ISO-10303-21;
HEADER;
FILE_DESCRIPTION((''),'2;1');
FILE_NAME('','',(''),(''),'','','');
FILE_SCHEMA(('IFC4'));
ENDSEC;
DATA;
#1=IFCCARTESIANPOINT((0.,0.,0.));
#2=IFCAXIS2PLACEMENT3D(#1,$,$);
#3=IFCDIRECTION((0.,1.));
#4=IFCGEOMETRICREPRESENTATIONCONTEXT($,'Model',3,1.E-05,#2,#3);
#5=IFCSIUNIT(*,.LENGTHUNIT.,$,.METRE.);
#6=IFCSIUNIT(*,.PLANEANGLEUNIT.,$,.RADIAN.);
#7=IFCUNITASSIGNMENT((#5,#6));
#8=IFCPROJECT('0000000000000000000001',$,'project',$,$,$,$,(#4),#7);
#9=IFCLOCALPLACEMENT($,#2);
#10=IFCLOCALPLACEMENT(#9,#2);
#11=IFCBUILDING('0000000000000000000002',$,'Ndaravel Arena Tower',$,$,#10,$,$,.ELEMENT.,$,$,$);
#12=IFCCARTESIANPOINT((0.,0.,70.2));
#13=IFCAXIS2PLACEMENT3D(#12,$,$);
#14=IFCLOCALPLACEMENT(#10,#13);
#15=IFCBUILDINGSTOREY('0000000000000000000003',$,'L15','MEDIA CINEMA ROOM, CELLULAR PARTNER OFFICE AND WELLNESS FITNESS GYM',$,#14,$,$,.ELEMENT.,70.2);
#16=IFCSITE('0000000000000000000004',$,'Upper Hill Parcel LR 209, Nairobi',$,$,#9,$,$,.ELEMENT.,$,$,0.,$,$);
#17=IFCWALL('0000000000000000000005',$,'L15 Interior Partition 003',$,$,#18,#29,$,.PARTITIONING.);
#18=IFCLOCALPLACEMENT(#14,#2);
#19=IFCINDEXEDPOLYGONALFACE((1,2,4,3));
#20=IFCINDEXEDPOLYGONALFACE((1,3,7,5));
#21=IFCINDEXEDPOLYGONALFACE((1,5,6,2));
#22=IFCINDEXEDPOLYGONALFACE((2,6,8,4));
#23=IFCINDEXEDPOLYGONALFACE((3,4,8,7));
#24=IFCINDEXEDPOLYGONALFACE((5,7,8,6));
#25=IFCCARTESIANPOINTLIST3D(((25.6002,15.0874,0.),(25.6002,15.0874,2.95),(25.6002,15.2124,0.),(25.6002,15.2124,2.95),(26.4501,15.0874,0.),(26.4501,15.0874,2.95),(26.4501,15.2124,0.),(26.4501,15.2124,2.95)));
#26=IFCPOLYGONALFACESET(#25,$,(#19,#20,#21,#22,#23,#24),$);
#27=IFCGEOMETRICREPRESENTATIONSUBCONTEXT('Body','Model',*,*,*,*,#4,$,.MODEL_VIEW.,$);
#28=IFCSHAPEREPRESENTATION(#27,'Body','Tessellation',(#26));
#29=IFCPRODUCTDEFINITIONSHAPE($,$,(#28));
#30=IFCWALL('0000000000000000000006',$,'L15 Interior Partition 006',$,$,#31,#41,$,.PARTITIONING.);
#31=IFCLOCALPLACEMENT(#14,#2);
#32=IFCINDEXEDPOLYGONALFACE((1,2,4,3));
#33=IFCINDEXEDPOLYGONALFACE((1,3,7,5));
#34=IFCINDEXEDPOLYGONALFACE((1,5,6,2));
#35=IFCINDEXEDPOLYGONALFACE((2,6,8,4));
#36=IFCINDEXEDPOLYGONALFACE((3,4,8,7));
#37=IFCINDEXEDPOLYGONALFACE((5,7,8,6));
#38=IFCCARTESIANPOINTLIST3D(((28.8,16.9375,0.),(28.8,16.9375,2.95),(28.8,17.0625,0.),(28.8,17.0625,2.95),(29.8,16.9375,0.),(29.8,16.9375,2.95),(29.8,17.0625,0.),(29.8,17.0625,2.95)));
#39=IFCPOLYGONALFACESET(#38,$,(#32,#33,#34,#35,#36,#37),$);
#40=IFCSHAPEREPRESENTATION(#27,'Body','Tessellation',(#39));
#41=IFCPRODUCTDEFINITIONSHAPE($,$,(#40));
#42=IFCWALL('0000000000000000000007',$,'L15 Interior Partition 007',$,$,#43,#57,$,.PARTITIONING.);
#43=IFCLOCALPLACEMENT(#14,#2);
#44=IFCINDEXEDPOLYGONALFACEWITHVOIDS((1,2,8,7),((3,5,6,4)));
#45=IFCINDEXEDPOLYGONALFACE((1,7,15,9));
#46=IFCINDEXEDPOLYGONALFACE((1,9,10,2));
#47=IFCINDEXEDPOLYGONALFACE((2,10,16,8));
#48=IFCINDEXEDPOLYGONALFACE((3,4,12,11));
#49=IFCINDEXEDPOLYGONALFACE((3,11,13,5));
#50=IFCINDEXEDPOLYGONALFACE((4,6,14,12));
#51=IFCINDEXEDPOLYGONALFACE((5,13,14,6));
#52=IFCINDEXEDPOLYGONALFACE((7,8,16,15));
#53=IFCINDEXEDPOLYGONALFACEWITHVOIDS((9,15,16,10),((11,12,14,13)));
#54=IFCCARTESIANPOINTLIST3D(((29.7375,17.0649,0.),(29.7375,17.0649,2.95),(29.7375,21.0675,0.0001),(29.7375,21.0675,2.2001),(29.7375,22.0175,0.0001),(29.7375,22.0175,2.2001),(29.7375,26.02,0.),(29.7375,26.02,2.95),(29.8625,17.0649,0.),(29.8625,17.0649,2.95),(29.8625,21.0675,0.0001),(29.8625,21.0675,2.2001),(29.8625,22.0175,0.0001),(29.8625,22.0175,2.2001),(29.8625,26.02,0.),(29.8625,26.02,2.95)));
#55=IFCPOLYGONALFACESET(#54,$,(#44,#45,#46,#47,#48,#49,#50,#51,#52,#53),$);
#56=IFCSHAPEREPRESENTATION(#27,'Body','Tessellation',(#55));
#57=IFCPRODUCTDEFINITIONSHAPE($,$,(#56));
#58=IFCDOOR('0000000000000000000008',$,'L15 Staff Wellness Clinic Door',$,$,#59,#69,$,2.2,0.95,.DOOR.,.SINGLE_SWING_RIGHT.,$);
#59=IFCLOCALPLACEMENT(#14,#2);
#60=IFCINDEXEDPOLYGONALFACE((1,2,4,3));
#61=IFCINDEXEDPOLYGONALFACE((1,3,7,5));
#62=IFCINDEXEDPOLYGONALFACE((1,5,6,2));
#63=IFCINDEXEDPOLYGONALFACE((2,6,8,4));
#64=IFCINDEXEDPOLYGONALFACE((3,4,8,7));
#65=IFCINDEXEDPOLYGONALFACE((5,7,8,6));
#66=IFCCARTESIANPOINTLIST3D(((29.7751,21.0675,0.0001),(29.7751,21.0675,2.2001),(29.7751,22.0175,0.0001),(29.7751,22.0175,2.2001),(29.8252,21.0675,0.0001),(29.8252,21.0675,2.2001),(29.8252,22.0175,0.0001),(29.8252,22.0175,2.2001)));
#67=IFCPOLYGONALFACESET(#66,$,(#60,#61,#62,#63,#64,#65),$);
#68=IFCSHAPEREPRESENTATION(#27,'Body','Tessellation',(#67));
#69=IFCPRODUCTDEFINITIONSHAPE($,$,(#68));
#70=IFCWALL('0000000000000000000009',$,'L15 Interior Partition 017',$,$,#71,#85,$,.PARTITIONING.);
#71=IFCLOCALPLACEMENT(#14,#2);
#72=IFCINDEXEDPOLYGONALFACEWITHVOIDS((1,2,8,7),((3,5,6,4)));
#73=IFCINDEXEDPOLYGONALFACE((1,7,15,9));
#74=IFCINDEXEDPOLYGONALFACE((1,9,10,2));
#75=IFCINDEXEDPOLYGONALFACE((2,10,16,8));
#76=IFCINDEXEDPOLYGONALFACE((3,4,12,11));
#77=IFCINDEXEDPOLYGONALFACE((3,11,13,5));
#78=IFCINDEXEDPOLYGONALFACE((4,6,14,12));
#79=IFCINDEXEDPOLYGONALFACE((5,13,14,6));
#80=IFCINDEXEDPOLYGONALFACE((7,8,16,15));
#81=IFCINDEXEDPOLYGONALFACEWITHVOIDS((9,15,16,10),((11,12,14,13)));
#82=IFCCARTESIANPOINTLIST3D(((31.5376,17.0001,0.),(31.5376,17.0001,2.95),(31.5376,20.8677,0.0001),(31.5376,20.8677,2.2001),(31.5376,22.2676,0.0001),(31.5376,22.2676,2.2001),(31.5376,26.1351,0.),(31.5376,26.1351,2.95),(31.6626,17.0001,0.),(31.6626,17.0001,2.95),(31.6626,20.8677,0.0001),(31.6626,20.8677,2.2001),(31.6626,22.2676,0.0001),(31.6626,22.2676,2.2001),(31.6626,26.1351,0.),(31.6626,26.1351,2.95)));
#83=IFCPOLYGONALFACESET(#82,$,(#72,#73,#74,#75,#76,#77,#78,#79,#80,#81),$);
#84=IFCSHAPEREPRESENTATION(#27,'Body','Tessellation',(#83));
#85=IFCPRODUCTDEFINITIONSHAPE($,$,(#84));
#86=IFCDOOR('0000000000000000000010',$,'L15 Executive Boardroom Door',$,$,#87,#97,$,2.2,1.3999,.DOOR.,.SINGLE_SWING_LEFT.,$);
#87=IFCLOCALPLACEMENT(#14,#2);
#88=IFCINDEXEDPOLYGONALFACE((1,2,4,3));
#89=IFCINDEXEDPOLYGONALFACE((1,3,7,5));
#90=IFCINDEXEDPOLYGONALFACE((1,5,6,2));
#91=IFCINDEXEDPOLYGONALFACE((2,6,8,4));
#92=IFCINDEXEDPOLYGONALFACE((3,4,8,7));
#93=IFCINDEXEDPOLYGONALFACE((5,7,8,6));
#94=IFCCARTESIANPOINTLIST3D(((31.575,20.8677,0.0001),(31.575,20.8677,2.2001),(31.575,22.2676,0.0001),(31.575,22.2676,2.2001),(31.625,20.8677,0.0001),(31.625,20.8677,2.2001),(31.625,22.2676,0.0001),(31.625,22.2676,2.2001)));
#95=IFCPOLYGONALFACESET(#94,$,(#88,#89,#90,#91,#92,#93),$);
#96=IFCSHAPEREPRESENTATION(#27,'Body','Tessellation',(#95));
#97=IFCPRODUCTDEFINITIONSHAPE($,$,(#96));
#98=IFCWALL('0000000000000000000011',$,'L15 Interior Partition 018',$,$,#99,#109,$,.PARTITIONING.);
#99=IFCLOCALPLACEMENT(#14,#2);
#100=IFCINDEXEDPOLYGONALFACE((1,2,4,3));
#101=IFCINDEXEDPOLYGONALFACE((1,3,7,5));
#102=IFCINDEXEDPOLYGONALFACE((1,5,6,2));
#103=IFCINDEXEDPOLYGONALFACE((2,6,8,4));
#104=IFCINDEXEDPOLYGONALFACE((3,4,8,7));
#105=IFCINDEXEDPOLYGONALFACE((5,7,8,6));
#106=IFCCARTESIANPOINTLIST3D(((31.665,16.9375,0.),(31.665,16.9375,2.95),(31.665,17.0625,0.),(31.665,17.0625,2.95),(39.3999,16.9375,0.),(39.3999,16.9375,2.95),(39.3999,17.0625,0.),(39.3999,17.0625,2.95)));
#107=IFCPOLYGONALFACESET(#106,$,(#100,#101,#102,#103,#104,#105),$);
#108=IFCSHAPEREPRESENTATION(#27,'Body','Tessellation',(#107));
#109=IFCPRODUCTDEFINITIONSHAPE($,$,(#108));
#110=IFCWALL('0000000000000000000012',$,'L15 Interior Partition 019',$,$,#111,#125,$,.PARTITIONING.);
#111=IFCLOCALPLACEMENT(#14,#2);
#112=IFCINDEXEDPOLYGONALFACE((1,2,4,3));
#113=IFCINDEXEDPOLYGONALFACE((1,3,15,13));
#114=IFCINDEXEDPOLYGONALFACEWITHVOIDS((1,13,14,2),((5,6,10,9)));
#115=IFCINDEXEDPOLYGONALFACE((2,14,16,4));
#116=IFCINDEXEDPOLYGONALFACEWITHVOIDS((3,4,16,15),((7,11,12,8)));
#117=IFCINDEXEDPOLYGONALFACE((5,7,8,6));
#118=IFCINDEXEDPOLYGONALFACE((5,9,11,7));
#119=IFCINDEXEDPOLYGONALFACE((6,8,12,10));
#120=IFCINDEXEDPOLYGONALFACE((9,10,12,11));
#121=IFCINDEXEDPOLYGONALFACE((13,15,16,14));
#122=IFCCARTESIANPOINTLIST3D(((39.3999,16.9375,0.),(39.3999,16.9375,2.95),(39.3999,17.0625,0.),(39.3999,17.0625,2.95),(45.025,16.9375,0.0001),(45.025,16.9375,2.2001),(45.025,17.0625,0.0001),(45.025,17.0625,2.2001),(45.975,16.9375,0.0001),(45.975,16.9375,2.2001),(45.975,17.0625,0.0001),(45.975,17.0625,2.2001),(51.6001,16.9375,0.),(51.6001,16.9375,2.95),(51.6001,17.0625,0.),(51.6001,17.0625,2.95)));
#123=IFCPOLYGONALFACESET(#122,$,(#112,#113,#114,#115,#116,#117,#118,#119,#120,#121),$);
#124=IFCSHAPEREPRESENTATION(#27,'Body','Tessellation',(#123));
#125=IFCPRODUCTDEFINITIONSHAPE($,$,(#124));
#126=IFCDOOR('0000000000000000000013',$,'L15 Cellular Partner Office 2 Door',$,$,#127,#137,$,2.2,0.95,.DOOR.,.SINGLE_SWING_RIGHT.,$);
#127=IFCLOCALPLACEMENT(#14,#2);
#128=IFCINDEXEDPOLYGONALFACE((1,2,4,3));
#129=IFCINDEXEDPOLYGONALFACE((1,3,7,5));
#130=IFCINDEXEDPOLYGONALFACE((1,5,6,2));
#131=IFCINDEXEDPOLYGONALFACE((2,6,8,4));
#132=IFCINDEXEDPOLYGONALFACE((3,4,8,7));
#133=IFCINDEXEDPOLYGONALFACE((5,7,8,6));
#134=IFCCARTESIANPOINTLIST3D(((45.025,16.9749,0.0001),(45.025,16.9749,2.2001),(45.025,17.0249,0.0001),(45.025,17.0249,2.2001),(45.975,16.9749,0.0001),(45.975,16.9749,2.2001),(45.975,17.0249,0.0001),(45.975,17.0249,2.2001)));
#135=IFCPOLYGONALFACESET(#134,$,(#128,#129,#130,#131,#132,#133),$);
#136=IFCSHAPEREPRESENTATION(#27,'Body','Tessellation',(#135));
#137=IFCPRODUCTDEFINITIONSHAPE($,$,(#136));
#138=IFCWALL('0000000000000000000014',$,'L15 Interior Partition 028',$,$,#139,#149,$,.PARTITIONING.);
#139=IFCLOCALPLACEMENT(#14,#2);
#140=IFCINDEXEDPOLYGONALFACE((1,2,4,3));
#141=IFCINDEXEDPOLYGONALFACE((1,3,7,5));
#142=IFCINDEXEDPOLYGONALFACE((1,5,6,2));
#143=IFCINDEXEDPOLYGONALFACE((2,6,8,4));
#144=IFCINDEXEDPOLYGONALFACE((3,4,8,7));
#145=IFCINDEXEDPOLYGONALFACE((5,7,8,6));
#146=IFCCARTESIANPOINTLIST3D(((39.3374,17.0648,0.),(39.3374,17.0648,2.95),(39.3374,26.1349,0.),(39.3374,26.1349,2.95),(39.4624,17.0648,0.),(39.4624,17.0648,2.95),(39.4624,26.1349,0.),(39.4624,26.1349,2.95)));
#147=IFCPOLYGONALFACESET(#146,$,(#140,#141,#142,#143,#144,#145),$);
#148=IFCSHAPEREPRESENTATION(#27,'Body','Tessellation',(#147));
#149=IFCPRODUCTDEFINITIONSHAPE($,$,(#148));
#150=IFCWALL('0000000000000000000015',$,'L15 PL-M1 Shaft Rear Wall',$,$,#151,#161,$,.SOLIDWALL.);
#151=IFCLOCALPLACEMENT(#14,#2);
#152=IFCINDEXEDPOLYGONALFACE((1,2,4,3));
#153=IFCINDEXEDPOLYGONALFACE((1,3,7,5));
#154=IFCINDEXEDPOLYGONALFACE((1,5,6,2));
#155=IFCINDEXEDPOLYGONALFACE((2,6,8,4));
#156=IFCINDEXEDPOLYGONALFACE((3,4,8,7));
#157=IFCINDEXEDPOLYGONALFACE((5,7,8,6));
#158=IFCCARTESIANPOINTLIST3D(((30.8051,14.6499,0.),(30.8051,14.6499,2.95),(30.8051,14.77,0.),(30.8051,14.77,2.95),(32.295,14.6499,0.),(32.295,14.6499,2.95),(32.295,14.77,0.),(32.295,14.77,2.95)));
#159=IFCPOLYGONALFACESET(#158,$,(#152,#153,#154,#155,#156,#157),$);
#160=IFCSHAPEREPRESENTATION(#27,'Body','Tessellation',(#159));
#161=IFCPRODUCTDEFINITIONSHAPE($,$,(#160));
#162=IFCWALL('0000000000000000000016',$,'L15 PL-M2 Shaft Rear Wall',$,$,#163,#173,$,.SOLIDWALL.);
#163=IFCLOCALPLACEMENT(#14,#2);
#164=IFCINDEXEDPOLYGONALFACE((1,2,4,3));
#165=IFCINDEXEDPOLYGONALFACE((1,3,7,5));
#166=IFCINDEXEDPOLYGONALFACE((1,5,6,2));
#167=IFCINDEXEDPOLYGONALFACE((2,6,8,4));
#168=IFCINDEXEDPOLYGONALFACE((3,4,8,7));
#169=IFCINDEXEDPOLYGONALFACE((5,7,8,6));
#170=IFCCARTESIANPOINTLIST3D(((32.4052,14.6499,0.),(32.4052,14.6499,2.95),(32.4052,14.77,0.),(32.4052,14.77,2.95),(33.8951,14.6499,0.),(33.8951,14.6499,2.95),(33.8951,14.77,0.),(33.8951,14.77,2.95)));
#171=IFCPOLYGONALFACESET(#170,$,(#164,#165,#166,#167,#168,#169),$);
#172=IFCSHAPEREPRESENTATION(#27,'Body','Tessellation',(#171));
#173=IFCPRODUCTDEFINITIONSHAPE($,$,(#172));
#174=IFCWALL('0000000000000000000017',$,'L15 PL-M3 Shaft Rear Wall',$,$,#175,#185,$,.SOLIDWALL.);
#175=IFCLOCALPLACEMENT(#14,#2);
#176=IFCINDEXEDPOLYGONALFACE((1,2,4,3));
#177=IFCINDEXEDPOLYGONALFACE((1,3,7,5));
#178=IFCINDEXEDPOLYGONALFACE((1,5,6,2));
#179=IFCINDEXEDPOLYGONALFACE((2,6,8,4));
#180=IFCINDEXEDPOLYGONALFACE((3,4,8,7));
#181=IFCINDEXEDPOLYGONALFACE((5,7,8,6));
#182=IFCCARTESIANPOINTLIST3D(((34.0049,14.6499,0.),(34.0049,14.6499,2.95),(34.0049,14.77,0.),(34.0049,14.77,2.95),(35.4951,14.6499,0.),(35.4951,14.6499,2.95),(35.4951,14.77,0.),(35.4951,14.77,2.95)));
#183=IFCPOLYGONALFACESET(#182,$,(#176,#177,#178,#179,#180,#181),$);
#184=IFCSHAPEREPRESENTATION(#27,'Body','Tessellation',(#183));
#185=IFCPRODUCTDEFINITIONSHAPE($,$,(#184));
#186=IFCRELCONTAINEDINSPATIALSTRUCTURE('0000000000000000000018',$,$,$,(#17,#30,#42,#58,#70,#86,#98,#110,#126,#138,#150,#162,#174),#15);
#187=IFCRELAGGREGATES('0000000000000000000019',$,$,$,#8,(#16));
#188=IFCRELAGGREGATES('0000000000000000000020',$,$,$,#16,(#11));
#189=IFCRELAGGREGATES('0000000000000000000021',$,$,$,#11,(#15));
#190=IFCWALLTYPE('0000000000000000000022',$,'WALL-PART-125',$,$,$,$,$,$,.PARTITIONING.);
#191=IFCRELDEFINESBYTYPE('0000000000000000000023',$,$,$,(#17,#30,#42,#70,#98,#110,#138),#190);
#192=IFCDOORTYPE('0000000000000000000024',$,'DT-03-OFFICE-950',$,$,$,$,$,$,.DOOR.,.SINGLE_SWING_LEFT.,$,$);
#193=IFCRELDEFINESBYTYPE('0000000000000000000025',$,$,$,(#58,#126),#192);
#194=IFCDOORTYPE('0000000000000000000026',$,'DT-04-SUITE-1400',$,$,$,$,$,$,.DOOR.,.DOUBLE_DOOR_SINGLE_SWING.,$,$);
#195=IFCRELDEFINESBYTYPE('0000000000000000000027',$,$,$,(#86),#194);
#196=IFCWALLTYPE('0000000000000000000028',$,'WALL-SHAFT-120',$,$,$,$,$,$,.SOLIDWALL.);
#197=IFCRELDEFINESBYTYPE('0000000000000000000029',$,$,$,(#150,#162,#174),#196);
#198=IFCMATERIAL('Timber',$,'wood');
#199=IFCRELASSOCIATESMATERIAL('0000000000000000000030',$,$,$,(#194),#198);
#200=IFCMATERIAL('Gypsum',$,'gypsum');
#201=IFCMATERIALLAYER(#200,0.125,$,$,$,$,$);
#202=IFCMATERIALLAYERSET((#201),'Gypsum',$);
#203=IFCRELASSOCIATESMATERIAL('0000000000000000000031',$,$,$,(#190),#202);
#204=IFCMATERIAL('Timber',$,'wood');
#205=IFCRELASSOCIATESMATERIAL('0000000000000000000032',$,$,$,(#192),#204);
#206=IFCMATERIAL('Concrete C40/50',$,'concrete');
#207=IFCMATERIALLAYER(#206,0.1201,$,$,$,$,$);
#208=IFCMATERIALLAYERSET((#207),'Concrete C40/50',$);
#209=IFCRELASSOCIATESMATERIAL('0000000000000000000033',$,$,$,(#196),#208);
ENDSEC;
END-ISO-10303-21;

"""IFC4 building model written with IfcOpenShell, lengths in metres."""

from ifc_helpers import new_model, si_unit, direction, frame, frame_2d, origin, place, context, subcontext, project, spatial, rectangle, extrude, material, layer, layer_set, type_object, element, fill, save


model = new_model("IFC4")

# Units and contexts
model_context = context("Model", 3, precision=1e-05, world=origin(), true_north=direction((0.0, 1.0)))
body_context = subcontext(model_context, "Body", "Model", "MODEL_VIEW")
ifc_project = project(units=[si_unit("LENGTHUNIT", "METRE"), si_unit("PLANEANGLEUNIT", "RADIAN")], contexts=[model_context])

# Site, building, storey
site_placement = place(None, origin())
site = spatial("IfcSite", under=ifc_project, at=site_placement, Name="Upper Hill Parcel LR 209, Nairobi", CompositionType="ELEMENT", RefElevation=0.0)
building_placement = place(site_placement, origin())
building = spatial("IfcBuilding", under=site, at=building_placement, Name="Ndaravel Arena Tower", CompositionType="ELEMENT")
storey_placement = place(building_placement, frame((0.0, 0.0, 70.2)))
storey = spatial("IfcBuildingStorey", under=building, at=storey_placement, Name="L15", Description="MEDIA CINEMA ROOM, CELLULAR PARTNER OFFICE AND WELLNESS FITNESS GYM", CompositionType="ELEMENT", Elevation=70.2)

# Shared definitions
ifc_material_1 = material(Name="Timber", Category="wood")
door_type_1 = type_object("IfcDoorType", Name="DT-04-SUITE-1400", OperationType="DOUBLE_DOOR_SINGLE_SWING", PredefinedType="DOOR", material=ifc_material_1)

# Walls
ifc_material_2 = material(Name="Gypsum", Category="gypsum")
ifc_layer_1 = layer(ifc_material_2, 0.125)
ifc_layer_set_1 = layer_set([ifc_layer_1], Name="Gypsum")
wall_type_1 = type_object("IfcWallType", Name="WALL-PART-125", PredefinedType="PARTITIONING", material=ifc_layer_set_1)
wall_1_placement = place(storey_placement, frame((26.45, 15.1499, 0.0), z_axis=(0.0, 0.0, 1.0), x_axis=(-1.0, 0.0, 0.0)))
element("IfcWall", 1, at=wall_1_placement, inside=storey, type_object=wall_type_1, Name="L15 Interior Partition 003", PredefinedType="PARTITIONING", context=body_context, shape_type="SweptSolid", body=[
    extrude(rectangle(XDim=0.8499, YDim=0.125, at=frame_2d((0.4248, 0.0))), origin(), (0.0, 0.0, 1.0), 2.95),
])
wall_2_placement = place(storey_placement, frame((28.8, 17.0, 0.0), z_axis=(0.0, 0.0, 1.0), x_axis=(1.0, 0.0, 0.0)))
element("IfcWall", 2, at=wall_2_placement, inside=storey, type_object=wall_type_1, Name="L15 Interior Partition 006", PredefinedType="PARTITIONING", context=body_context, shape_type="SweptSolid", body=[
    extrude(rectangle(XDim=1.0, YDim=0.125, at=frame_2d((0.5, 0.0))), origin(), (0.0, 0.0, 1.0), 2.95),
])

# Walls, openings, doors
wall_3_placement = place(storey_placement, frame((29.8, 17.0649, 0.0), z_axis=(0.0, 0.0, 1.0), x_axis=(0.0, 1.0, 0.0)))
wall_3 = element("IfcWall", 3, at=wall_3_placement, inside=storey, type_object=wall_type_1, Name="L15 Interior Partition 007", PredefinedType="PARTITIONING", context=body_context, shape_type="SweptSolid", body=[
    extrude(rectangle(XDim=8.9551, YDim=0.125, at=frame_2d((4.4775, 0.0))), origin(), (0.0, 0.0, 1.0), 2.95),
])
opening_1_placement = place(wall_3_placement, frame((4.0024, 0.0, 0.0)))
opening_1 = element("IfcOpeningElement", 4, at=opening_1_placement, cuts=wall_3, PredefinedType="OPENING", context=body_context, shape_type="SweptSolid", body=[
    extrude(rectangle(XDim=0.95, YDim=2.2, at=frame_2d((0.4751, 1.1001))), frame((0.0, 0.0625, 0.0), z_axis=(0.0, -1.0, 0.0), x_axis=(1.0, 0.0, 0.0)), (0.0, 0.0, 1.0), 0.125),
])
ifc_material_3 = material(Name="Timber", Category="wood")
door_type_2 = type_object("IfcDoorType", Name="DT-03-OFFICE-950", OperationType="SINGLE_SWING_LEFT", PredefinedType="DOOR", material=ifc_material_3)
door_1_placement = place(opening_1_placement, origin())
door_1 = element("IfcDoor", 5, at=door_1_placement, inside=storey, type_object=door_type_2, Name="L15 Staff Wellness Clinic Door", OperationType="SINGLE_SWING_RIGHT", OverallHeight=2.2, OverallWidth=0.95, PredefinedType="DOOR", context=body_context, shape_type="SweptSolid", body=[
    extrude(rectangle(XDim=0.95, YDim=2.2, at=frame_2d((0.4751, 1.1001))), frame((0.0, 0.0249, 0.0), z_axis=(0.0, -1.0, 0.0), x_axis=(1.0, 0.0, 0.0)), (0.0, 0.0, 1.0), 0.05),
])
fill(opening_1, door_1)
wall_4_placement = place(storey_placement, frame((31.6001, 26.135, 0.0), z_axis=(0.0, 0.0, 1.0), x_axis=(0.0, -1.0, 0.0)))
wall_4 = element("IfcWall", 6, at=wall_4_placement, inside=storey, type_object=wall_type_1, Name="L15 Interior Partition 017", PredefinedType="PARTITIONING", context=body_context, shape_type="SweptSolid", body=[
    extrude(rectangle(XDim=9.135, YDim=0.125, at=frame_2d((4.5674, 0.0))), origin(), (0.0, 0.0, 1.0), 2.95),
])
opening_2_placement = place(wall_4_placement, frame((3.8674, 0.0, 0.0)))
opening_2 = element("IfcOpeningElement", 7, at=opening_2_placement, cuts=wall_4, PredefinedType="OPENING", context=body_context, shape_type="SweptSolid", body=[
    extrude(rectangle(XDim=1.3999, YDim=2.2, at=frame_2d((0.7, 1.1001))), frame((0.0, 0.0625, 0.0), z_axis=(0.0, -1.0, 0.0), x_axis=(1.0, 0.0, 0.0)), (0.0, 0.0, 1.0), 0.125),
])
door_2_placement = place(opening_2_placement, origin())
door_2 = element("IfcDoor", 8, at=door_2_placement, inside=storey, type_object=door_type_1, Name="L15 Executive Boardroom Door", OperationType="SINGLE_SWING_LEFT", OverallHeight=2.2, OverallWidth=1.3999, PredefinedType="DOOR", context=body_context, shape_type="SweptSolid", body=[
    extrude(rectangle(XDim=1.3999, YDim=2.2, at=frame_2d((0.7, 1.1001))), frame((0.0, 0.0249, 0.0), z_axis=(0.0, -1.0, 0.0), x_axis=(1.0, 0.0, 0.0)), (0.0, 0.0, 1.0), 0.05),
])
fill(opening_2, door_2)

# Wall
wall_5_placement = place(storey_placement, frame((31.665, 17.0, 0.0), z_axis=(0.0, 0.0, 1.0), x_axis=(1.0, 0.0, 0.0)))
element("IfcWall", 9, at=wall_5_placement, inside=storey, type_object=wall_type_1, Name="L15 Interior Partition 018", PredefinedType="PARTITIONING", context=body_context, shape_type="SweptSolid", body=[
    extrude(rectangle(XDim=7.7349, YDim=0.125, at=frame_2d((3.8674, 0.0))), origin(), (0.0, 0.0, 1.0), 2.95),
])

# Wall, opening, door
wall_6_placement = place(storey_placement, frame((39.3999, 17.0, 0.0), z_axis=(0.0, 0.0, 1.0), x_axis=(1.0, 0.0, 0.0)))
wall_6 = element("IfcWall", 10, at=wall_6_placement, inside=storey, type_object=wall_type_1, Name="L15 Interior Partition 019", PredefinedType="PARTITIONING", context=body_context, shape_type="SweptSolid", body=[
    extrude(rectangle(XDim=12.2002, YDim=0.125, at=frame_2d((6.1001, 0.0))), origin(), (0.0, 0.0, 1.0), 2.95),
])
opening_3_placement = place(wall_6_placement, frame((5.625, 0.0, 0.0)))
opening_3 = element("IfcOpeningElement", 11, at=opening_3_placement, cuts=wall_6, PredefinedType="OPENING", context=body_context, shape_type="SweptSolid", body=[
    extrude(rectangle(XDim=0.95, YDim=2.2, at=frame_2d((0.4751, 1.1001))), frame((0.0, 0.0625, 0.0), z_axis=(0.0, -1.0, 0.0), x_axis=(1.0, 0.0, 0.0)), (0.0, 0.0, 1.0), 0.125),
])
door_3_placement = place(opening_3_placement, origin())
door_3 = element("IfcDoor", 12, at=door_3_placement, inside=storey, type_object=door_type_2, Name="L15 Cellular Partner Office 2 Door", OperationType="SINGLE_SWING_RIGHT", OverallHeight=2.2, OverallWidth=0.95, PredefinedType="DOOR", context=body_context, shape_type="SweptSolid", body=[
    extrude(rectangle(XDim=0.95, YDim=2.2, at=frame_2d((0.4751, 1.1001))), frame((0.0, 0.0249, 0.0), z_axis=(0.0, -1.0, 0.0), x_axis=(1.0, 0.0, 0.0)), (0.0, 0.0, 1.0), 0.05),
])
fill(opening_3, door_3)

# Walls
wall_7_placement = place(storey_placement, frame((39.3999, 26.135, 0.0), z_axis=(0.0, 0.0, 1.0), x_axis=(0.0, -1.0, 0.0)))
element("IfcWall", 13, at=wall_7_placement, inside=storey, type_object=wall_type_1, Name="L15 Interior Partition 028", PredefinedType="PARTITIONING", context=body_context, shape_type="SweptSolid", body=[
    extrude(rectangle(XDim=9.0701, YDim=0.125, at=frame_2d((4.5352, 0.0))), origin(), (0.0, 0.0, 1.0), 2.95),
])
ifc_material_4 = material(Name="Concrete C40/50", Category="concrete")
ifc_layer_2 = layer(ifc_material_4, 0.1201)
ifc_layer_set_2 = layer_set([ifc_layer_2], Name="Concrete C40/50")
wall_type_2 = type_object("IfcWallType", Name="WALL-SHAFT-120", PredefinedType="SOLIDWALL", material=ifc_layer_set_2)
for number, where, z_axis, x_axis, name in (
    (14, (30.8049, 14.71, 0.0), (0.0, 0.0, 1.0), (1.0, 0.0, 0.0), "L15 PL-M1 Shaft Rear Wall"),
    (15, (32.405, 14.71, 0.0), (0.0, 0.0, 1.0), (1.0, 0.0, 0.0), "L15 PL-M2 Shaft Rear Wall"),
):
    element("IfcWall", number, at=place(storey_placement, frame(where, z_axis=z_axis, x_axis=x_axis)), inside=storey, type_object=wall_type_2, Name=name, PredefinedType="SOLIDWALL", context=body_context, shape_type="SweptSolid", body=[
        extrude(rectangle(XDim=1.49, YDim=0.1201, at=frame_2d((0.7451, 0.0))), origin(), (0.0, 0.0, 1.0), 2.95),
    ])
wall_8_placement = place(storey_placement, frame((34.0049, 14.71, 0.0), z_axis=(0.0, 0.0, 1.0), x_axis=(1.0, 0.0, 0.0)))
element("IfcWall", 16, at=wall_8_placement, inside=storey, type_object=wall_type_2, Name="L15 PL-M3 Shaft Rear Wall", PredefinedType="SOLIDWALL", context=body_context, shape_type="SweptSolid", body=[
    extrude(rectangle(XDim=1.4902, YDim=0.1201, at=frame_2d((0.7451, 0.0))), origin(), (0.0, 0.0, 1.0), 2.95),
])

save(model, "model.ifc")
